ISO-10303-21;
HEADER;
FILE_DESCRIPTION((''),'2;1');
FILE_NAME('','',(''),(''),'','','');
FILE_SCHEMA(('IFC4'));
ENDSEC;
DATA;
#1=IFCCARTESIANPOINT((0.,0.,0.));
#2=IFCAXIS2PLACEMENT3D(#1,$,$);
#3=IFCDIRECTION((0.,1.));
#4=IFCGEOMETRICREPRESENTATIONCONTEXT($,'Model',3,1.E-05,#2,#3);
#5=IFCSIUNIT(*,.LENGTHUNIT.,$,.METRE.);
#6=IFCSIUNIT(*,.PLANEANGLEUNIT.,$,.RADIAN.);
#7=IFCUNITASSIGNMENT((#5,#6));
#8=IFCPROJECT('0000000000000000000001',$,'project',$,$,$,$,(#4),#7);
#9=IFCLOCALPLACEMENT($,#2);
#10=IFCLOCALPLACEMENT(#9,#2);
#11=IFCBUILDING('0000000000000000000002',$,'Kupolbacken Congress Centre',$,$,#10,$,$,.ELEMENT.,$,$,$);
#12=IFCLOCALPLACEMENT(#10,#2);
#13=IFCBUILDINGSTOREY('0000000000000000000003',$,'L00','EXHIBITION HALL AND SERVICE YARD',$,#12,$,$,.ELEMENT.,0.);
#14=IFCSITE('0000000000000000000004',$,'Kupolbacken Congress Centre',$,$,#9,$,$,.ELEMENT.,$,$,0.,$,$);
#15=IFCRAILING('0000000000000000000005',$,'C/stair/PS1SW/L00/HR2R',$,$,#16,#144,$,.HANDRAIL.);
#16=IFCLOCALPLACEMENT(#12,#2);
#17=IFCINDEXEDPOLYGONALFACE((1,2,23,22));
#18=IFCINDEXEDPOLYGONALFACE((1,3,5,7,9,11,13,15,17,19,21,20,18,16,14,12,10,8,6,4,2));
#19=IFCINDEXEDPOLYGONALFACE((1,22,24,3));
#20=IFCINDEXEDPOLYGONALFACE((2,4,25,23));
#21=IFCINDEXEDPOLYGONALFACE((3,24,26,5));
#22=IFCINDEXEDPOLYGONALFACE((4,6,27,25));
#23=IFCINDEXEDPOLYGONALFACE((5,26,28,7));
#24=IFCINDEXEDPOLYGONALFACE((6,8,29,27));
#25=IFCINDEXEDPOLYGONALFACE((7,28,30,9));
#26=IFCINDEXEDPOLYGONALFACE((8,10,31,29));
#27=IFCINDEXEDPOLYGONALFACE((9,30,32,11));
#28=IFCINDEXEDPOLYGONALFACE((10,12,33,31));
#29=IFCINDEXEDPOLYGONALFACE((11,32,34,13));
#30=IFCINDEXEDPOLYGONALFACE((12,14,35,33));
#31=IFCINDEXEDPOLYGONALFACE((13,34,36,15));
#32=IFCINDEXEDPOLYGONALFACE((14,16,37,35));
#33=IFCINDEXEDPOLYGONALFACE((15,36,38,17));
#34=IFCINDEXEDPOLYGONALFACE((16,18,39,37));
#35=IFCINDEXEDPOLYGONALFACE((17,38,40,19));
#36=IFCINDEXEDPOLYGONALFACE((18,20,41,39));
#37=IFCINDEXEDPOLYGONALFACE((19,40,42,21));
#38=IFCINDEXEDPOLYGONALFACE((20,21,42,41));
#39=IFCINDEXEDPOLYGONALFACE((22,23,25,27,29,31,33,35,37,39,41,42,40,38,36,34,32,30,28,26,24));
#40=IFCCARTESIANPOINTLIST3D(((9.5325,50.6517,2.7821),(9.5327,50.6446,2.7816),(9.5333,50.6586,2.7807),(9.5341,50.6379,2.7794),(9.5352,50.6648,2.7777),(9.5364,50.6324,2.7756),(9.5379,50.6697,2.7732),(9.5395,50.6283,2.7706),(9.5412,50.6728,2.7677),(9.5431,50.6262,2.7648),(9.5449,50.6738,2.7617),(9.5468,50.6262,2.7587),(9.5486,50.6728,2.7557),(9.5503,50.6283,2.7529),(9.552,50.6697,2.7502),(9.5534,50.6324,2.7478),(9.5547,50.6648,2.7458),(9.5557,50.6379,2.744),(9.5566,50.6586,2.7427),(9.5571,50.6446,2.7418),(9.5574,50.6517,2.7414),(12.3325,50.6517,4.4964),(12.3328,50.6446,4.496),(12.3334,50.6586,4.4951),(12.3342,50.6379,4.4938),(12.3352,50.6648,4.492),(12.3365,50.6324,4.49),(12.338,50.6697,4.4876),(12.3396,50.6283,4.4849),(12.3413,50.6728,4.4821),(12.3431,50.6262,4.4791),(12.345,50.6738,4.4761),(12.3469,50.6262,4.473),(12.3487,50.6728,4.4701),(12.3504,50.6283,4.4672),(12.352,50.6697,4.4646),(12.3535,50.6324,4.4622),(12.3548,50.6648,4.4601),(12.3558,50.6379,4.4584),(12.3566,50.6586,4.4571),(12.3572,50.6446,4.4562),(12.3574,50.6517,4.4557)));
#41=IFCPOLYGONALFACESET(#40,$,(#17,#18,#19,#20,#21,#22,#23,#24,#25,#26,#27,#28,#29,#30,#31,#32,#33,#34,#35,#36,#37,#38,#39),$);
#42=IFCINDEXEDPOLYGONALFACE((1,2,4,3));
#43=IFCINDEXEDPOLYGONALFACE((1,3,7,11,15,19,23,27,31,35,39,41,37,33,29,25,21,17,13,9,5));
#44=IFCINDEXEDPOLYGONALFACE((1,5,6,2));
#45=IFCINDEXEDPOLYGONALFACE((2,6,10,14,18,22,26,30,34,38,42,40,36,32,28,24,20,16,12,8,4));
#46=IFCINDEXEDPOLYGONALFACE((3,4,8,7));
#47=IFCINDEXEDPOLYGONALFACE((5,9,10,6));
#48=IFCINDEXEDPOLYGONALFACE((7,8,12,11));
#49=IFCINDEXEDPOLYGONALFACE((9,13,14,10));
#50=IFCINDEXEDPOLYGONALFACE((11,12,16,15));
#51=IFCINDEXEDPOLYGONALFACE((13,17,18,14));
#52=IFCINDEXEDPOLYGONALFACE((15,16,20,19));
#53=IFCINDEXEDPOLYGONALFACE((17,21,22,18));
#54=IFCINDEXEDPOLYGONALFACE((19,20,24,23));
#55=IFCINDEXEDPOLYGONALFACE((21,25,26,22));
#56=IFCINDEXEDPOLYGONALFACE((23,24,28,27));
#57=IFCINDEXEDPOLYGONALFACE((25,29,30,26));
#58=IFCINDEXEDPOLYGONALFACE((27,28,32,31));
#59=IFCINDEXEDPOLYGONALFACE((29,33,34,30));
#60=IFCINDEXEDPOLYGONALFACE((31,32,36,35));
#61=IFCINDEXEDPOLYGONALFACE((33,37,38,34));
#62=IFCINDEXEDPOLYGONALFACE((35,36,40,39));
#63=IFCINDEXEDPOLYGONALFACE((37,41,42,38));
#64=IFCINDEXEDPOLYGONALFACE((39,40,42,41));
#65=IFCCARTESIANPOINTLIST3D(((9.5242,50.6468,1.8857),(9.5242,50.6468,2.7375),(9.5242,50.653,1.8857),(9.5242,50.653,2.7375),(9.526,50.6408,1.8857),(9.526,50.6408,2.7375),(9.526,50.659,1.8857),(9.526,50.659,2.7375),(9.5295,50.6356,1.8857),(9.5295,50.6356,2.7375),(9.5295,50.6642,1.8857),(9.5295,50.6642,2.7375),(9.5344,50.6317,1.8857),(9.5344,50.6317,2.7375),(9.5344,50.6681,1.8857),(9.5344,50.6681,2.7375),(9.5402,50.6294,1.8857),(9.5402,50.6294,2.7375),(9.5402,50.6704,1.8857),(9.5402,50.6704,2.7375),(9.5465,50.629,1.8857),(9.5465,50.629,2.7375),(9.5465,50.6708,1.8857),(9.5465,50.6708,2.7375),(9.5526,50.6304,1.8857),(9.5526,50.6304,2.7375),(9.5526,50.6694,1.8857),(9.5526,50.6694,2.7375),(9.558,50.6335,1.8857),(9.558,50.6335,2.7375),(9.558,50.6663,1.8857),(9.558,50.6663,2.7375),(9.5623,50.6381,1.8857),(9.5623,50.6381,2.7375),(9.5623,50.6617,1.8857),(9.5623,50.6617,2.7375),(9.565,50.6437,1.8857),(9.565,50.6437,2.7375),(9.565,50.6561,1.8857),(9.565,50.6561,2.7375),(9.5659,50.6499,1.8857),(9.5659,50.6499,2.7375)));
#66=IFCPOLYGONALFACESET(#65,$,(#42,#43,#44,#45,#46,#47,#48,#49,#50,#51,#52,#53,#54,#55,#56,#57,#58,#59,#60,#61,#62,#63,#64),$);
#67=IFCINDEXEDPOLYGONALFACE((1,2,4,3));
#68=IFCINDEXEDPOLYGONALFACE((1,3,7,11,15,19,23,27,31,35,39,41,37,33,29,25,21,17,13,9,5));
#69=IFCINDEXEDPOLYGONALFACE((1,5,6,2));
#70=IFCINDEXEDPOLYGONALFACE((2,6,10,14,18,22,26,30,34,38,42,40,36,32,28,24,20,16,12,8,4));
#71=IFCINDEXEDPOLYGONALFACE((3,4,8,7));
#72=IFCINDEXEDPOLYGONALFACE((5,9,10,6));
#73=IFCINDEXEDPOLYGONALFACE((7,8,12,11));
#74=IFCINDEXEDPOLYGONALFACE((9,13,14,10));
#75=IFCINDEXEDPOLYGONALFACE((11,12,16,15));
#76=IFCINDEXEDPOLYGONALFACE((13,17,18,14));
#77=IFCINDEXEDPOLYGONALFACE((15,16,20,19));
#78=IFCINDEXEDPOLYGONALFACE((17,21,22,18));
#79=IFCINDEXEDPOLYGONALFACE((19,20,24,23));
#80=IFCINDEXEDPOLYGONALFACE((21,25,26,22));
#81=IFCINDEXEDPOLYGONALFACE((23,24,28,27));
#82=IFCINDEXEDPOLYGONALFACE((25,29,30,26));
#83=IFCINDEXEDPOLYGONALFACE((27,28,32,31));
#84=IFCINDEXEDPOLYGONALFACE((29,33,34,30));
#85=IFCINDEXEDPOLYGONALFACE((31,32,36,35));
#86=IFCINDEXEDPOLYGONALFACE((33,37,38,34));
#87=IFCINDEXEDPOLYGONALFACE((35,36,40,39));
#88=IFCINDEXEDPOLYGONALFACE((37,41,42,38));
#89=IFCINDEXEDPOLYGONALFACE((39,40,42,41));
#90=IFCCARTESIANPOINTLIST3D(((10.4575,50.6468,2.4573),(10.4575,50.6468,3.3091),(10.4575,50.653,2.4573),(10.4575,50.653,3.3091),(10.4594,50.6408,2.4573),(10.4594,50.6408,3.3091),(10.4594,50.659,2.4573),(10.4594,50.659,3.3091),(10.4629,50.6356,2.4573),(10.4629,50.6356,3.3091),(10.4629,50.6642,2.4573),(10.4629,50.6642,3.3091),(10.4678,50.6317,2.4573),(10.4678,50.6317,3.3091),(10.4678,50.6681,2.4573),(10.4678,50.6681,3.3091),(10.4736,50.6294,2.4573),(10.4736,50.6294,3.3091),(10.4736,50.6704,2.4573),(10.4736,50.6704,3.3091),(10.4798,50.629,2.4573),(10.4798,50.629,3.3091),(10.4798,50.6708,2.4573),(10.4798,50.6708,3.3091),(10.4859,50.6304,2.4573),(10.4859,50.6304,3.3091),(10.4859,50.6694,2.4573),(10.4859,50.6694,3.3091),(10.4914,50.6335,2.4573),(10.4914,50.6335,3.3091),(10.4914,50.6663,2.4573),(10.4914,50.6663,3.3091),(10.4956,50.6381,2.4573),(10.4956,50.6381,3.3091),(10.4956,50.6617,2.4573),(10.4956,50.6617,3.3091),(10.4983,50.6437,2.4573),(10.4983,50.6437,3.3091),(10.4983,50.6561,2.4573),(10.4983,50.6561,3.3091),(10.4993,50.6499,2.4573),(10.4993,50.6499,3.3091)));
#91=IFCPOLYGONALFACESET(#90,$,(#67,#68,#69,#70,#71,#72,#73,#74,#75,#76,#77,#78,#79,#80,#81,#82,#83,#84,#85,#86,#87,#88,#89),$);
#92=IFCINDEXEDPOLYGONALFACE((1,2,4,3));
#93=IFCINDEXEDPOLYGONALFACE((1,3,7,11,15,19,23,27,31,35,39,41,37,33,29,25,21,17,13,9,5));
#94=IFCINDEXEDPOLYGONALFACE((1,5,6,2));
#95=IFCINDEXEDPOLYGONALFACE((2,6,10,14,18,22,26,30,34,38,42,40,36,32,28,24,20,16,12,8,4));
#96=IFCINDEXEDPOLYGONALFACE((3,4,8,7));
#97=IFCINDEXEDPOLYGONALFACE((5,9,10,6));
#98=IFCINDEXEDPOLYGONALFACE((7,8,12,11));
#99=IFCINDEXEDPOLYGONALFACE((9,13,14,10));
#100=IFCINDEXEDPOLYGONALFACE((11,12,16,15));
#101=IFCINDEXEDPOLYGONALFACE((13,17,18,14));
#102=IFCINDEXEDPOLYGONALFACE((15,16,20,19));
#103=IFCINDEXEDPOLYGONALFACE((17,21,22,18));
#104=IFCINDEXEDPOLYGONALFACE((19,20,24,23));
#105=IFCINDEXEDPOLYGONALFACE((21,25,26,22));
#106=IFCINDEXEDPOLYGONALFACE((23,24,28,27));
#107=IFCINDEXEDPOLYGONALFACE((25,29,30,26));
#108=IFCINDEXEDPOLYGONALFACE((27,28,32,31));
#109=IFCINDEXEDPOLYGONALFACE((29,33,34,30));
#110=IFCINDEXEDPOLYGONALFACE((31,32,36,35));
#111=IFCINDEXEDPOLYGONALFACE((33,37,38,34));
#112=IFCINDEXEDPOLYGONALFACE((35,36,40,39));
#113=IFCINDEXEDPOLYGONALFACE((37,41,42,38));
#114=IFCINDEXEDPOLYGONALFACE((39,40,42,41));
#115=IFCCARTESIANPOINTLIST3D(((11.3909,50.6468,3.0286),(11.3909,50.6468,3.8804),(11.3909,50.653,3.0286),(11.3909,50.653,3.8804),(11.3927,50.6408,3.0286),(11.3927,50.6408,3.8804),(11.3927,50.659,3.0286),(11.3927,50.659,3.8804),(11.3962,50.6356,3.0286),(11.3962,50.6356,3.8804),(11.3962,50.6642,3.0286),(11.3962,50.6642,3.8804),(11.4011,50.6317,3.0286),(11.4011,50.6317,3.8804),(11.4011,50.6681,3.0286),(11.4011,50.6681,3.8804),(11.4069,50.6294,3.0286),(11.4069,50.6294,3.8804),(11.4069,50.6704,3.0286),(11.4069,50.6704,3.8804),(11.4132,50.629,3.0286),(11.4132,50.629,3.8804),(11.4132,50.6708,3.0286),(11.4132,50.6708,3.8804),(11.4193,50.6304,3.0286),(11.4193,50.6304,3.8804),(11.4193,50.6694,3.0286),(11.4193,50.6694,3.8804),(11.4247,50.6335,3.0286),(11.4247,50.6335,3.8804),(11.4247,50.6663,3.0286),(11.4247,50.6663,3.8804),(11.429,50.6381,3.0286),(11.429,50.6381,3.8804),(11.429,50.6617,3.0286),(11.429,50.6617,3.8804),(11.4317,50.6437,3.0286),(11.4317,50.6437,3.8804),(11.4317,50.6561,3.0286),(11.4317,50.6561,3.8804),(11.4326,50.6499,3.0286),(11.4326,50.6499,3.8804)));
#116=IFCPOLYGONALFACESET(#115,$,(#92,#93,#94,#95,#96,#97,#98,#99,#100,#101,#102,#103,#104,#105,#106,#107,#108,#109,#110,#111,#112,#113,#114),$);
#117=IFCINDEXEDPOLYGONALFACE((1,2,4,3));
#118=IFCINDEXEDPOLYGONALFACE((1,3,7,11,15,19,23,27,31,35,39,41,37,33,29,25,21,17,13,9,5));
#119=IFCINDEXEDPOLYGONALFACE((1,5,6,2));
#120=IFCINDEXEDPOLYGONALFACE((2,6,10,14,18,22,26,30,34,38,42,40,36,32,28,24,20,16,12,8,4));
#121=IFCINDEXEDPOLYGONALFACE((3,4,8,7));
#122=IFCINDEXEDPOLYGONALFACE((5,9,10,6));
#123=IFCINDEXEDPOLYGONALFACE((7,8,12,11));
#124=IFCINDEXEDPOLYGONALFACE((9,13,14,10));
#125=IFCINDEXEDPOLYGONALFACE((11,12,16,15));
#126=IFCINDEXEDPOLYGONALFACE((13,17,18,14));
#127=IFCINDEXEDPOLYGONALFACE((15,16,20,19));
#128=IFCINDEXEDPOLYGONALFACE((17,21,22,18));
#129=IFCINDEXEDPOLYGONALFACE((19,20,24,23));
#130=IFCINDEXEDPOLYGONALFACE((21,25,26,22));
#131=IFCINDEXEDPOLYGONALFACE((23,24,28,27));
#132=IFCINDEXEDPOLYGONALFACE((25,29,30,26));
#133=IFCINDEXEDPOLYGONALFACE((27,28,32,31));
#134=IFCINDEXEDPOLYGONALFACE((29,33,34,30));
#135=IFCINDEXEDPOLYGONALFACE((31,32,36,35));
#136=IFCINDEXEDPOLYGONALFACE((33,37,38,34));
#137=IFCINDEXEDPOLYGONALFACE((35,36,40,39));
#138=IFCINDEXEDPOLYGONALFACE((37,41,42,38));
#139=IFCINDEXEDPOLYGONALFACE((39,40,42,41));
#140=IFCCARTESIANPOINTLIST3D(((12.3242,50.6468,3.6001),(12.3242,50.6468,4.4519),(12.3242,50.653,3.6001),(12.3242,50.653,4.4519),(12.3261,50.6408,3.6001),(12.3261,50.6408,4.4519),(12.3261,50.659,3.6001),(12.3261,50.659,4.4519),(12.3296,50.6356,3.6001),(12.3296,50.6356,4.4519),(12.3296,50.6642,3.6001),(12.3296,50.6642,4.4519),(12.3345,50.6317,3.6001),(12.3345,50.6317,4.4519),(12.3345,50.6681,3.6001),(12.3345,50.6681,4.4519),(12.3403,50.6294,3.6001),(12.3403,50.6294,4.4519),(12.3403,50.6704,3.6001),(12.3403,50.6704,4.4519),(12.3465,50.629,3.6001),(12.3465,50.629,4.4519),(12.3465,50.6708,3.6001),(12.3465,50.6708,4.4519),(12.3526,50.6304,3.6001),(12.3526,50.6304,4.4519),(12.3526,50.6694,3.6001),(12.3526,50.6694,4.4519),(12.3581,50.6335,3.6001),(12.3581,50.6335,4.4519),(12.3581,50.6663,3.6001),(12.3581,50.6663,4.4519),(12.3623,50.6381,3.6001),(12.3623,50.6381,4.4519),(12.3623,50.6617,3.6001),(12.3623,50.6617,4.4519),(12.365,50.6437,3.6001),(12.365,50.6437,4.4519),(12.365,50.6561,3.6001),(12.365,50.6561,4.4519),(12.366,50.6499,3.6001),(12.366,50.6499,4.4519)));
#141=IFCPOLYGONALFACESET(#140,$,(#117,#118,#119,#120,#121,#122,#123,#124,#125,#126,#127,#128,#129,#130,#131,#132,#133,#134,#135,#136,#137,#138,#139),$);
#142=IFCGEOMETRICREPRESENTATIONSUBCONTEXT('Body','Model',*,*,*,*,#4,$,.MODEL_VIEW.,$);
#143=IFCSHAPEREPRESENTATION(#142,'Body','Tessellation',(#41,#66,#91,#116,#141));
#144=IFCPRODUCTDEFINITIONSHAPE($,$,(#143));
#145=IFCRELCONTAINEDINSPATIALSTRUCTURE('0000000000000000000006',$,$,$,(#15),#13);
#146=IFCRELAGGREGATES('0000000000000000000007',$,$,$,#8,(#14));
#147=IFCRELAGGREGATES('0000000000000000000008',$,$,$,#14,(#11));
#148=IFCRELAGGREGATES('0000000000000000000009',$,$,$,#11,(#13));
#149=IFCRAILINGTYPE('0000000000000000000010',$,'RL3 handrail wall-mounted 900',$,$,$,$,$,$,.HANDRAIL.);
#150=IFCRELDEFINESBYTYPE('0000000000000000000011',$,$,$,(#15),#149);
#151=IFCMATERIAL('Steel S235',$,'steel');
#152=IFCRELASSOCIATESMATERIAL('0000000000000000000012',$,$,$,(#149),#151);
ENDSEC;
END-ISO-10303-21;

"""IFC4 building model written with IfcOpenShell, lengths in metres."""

from ifc_helpers import new_model, si_unit, direction, frame, origin, origin_2d, place, context, subcontext, project, spatial, circle, extrude, material, type_object, element, save


model = new_model("IFC4")

# Units and contexts
model_context = context("Model", 3, precision=1e-05, world=origin(), true_north=direction((0.0, 1.0)))
body_context = subcontext(model_context, "Body", "Model", "MODEL_VIEW")
ifc_project = project(units=[si_unit("LENGTHUNIT", "METRE"), si_unit("PLANEANGLEUNIT", "RADIAN")], contexts=[model_context])

# Site, building, storey
site_placement = place(None, origin())
site = spatial("IfcSite", under=ifc_project, at=site_placement, Name="Kupolbacken Congress Centre", CompositionType="ELEMENT", RefElevation=0.0)
building_placement = place(site_placement, origin())
building = spatial("IfcBuilding", under=site, at=building_placement, Name="Kupolbacken Congress Centre", CompositionType="ELEMENT")
storey_placement = place(building_placement, origin())
storey = spatial("IfcBuildingStorey", under=building, at=storey_placement, Name="L00", Description="EXHIBITION HALL AND SERVICE YARD", CompositionType="ELEMENT", Elevation=0.0)

# Railing
ifc_material_1 = material(Name="Steel S235", Category="steel")
railing_type = type_object("IfcRailingType", Name="RL3 handrail wall-mounted 900", PredefinedType="HANDRAIL", material=ifc_material_1)
for number, where, name in (
    (1, (9.5449, 50.6499, 1.8857), "C/stair/PS1SW/L00/HR2R"),
):
    element("IfcRailing", number, at=place(storey_placement, frame(where)), inside=storey, type_object=railing_type, Name=name, PredefinedType="HANDRAIL", context=body_context, shape_type="SweptSolid", body=[
        extrude(circle(Radius=0.0239, at=origin_2d()), frame((0.0, 0.0, 0.876), z_axis=(0.852846, 0.0, 0.522163), x_axis=(0.0, 1.0, 0.0)), (0.0, 0.0, 1.0), 3.2832),
        extrude(circle(Radius=0.021, at=origin_2d()), origin(), (0.0, 0.0, 1.0), 0.8518),
        extrude(circle(Radius=0.021, at=origin_2d()), frame((0.9333, 0.0, 0.5715)), (0.0, 0.0, 1.0), 0.8518),
        extrude(circle(Radius=0.021, at=origin_2d()), frame((1.8667, 0.0, 1.1428)), (0.0, 0.0, 1.0), 0.8518),
        extrude(circle(Radius=0.021, at=origin_2d()), frame((2.8, 0.0, 1.7144)), (0.0, 0.0, 1.0), 0.8518),
    ])

save(model, "model.ifc")
